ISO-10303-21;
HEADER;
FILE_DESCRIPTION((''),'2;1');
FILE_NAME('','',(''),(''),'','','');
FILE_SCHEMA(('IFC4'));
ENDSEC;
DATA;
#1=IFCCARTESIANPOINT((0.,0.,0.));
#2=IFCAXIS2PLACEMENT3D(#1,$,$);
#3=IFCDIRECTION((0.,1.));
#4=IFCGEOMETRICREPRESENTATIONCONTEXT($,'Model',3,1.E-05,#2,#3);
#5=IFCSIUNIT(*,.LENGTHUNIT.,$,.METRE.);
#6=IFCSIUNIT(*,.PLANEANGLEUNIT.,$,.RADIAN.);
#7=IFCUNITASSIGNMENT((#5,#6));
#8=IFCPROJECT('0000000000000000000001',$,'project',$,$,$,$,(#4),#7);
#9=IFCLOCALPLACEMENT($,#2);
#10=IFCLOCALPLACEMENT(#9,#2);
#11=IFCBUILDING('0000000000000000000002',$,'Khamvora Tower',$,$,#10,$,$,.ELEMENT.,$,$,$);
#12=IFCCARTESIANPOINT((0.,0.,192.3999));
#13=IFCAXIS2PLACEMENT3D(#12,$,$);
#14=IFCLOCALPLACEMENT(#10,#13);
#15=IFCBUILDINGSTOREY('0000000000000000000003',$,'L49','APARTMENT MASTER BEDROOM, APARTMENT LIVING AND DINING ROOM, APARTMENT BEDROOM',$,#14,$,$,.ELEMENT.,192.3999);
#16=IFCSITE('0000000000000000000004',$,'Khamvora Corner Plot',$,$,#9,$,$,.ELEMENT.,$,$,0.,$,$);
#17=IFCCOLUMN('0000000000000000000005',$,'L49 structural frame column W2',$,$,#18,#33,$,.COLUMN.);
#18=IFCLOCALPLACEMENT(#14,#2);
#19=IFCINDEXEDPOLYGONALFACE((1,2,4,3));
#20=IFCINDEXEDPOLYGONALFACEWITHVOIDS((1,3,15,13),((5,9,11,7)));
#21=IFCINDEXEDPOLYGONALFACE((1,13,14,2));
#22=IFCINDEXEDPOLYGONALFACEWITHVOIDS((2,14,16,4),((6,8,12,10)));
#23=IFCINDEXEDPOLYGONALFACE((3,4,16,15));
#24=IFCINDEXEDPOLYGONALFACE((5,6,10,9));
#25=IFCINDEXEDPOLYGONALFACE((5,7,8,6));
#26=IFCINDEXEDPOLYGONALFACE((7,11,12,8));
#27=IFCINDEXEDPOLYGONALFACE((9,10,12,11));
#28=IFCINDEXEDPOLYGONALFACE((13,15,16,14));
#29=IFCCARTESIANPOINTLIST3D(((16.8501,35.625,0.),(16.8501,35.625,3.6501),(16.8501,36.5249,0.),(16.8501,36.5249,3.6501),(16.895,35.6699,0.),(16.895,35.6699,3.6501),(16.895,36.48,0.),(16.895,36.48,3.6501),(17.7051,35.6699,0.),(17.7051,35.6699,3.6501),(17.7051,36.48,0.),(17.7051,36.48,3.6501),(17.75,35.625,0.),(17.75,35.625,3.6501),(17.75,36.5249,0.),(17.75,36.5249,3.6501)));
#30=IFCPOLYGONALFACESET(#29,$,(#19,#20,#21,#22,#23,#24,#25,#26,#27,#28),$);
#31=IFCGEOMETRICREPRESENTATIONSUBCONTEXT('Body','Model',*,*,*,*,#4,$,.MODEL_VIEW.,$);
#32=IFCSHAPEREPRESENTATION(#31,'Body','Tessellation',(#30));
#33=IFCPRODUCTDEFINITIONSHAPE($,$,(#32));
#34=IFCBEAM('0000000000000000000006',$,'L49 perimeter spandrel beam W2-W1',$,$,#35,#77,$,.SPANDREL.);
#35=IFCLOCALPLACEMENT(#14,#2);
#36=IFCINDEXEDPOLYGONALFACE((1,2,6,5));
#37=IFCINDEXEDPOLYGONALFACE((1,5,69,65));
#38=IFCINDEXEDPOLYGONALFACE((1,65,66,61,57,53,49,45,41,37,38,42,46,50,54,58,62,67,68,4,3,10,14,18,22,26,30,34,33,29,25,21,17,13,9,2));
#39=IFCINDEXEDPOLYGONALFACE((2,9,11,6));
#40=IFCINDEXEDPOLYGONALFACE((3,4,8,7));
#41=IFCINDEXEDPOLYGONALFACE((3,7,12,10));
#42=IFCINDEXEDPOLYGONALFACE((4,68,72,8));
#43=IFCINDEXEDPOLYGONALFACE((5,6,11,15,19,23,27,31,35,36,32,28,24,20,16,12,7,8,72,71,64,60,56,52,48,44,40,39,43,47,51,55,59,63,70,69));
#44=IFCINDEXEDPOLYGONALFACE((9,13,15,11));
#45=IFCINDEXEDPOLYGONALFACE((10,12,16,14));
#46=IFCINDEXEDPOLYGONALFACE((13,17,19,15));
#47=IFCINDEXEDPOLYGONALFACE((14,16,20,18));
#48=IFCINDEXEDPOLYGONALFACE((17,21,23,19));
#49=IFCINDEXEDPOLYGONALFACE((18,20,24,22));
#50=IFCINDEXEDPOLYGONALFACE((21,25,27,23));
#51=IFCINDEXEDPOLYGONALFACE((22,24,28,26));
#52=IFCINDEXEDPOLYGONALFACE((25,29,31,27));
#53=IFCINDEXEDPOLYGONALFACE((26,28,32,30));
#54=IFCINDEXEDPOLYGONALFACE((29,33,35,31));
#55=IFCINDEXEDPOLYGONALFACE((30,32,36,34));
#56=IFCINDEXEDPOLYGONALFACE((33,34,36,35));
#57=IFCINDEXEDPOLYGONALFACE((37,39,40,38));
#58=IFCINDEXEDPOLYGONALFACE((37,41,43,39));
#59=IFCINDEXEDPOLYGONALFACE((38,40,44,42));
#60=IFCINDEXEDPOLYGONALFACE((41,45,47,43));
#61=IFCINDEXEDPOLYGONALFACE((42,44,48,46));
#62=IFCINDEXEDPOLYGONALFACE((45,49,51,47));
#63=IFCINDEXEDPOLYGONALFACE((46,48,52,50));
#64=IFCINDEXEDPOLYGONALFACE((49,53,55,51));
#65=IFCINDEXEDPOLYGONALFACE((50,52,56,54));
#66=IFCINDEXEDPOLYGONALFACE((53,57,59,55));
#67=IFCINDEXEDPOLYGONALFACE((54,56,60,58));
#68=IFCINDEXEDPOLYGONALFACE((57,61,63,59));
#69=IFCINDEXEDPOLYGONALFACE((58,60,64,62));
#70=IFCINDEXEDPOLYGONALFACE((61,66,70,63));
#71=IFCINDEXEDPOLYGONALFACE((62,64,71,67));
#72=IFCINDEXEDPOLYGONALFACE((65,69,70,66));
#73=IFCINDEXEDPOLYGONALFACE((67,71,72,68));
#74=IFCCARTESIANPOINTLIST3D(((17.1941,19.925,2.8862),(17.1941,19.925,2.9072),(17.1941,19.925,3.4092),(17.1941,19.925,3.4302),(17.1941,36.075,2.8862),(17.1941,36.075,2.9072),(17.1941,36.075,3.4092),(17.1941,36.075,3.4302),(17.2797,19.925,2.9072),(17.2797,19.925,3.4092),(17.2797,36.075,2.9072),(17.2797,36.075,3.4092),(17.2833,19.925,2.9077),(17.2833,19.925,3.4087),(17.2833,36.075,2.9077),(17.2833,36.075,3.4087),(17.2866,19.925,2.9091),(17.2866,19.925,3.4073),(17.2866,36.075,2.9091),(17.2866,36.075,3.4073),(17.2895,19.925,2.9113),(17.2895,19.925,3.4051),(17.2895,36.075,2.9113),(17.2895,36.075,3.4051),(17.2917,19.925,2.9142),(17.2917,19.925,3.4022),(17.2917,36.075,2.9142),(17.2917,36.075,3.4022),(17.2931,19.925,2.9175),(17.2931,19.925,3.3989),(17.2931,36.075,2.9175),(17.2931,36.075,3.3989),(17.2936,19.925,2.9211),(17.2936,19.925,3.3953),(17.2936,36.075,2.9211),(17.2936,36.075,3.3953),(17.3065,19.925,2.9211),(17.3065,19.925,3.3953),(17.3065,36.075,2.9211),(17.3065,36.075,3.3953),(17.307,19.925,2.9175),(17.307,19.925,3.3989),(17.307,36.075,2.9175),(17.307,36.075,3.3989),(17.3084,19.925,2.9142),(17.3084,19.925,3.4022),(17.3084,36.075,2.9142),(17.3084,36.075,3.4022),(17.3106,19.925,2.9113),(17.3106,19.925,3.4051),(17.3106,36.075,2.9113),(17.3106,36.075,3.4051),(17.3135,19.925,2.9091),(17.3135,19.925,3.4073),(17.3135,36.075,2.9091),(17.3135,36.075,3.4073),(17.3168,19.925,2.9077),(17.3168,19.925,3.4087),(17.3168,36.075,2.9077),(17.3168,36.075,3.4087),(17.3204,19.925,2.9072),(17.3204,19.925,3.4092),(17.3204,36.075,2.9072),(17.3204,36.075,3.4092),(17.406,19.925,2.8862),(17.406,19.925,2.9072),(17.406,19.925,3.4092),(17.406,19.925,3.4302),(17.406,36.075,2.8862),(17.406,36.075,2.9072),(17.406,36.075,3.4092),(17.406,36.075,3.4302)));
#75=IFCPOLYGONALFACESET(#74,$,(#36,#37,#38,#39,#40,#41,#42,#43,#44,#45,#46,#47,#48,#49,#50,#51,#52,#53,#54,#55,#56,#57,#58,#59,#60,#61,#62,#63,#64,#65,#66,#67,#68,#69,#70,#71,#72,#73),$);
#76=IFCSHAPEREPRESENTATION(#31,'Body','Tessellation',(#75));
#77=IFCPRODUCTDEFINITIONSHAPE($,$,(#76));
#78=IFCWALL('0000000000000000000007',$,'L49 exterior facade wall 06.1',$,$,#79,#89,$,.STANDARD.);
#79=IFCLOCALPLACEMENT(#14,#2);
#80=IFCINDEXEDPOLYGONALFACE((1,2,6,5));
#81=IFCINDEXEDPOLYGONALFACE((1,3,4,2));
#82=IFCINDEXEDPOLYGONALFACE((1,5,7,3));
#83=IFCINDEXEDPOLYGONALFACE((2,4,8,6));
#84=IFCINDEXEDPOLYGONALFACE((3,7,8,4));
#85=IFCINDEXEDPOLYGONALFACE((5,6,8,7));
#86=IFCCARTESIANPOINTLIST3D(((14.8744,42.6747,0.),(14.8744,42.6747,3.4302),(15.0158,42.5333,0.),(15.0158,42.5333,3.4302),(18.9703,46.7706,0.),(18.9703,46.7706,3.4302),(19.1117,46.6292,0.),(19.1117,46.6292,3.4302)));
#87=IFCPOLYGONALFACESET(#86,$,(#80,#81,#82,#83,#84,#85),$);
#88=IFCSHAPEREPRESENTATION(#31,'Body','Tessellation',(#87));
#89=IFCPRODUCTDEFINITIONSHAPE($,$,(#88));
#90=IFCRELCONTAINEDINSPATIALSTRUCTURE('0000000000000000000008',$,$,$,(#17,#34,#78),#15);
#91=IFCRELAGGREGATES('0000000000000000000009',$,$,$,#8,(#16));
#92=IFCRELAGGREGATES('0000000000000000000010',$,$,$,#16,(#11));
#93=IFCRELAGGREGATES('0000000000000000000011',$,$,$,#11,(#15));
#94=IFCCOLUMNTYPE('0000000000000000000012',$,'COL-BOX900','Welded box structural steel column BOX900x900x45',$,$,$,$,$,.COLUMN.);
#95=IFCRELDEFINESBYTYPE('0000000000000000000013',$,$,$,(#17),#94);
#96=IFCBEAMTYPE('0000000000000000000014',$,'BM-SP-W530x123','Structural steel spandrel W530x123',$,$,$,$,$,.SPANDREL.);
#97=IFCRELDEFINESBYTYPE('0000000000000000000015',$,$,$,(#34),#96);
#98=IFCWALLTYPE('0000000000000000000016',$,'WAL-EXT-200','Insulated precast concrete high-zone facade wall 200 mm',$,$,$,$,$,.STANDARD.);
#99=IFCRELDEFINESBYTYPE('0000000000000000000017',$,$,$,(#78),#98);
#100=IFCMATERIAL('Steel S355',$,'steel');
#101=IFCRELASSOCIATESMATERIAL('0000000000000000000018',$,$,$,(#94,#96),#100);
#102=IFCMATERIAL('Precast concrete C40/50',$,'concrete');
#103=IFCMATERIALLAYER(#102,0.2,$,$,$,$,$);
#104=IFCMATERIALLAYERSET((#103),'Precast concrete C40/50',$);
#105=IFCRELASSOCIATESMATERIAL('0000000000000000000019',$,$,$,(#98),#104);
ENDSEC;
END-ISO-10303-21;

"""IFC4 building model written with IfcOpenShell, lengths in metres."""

from ifc_helpers import new_model, si_unit, direction, frame, frame_2d, origin, origin_2d, place, context, subcontext, project, spatial, rectangle, hollow_rectangle, i_section, extrude, material, layer, layer_set, material_profile, profile_set, type_object, element, save


model = new_model("IFC4")

# Units and contexts
model_context = context("Model", 3, precision=1e-05, world=origin(), true_north=direction((0.0, 1.0)))
body_context = subcontext(model_context, "Body", "Model", "MODEL_VIEW")
ifc_project = project(units=[si_unit("LENGTHUNIT", "METRE"), si_unit("PLANEANGLEUNIT", "RADIAN")], contexts=[model_context])

# Site, building, storey
site_placement = place(None, origin())
site = spatial("IfcSite", under=ifc_project, at=site_placement, Name="Khamvora Corner Plot", CompositionType="ELEMENT", RefElevation=0.0)
building_placement = place(site_placement, origin())
building = spatial("IfcBuilding", under=site, at=building_placement, Name="Khamvora Tower", CompositionType="ELEMENT")
storey_placement = place(building_placement, frame((0.0, 0.0, 192.3999)))
storey = spatial("IfcBuildingStorey", under=building, at=storey_placement, Name="L49", Description="APARTMENT MASTER BEDROOM, APARTMENT LIVING AND DINING ROOM, APARTMENT BEDROOM", CompositionType="ELEMENT", Elevation=192.3999)

# Column
ifc_material_1 = material(Name="Steel S355", Category="steel")
ifc_material_profile_1 = material_profile(ifc_material_1, hollow_rectangle(XDim=0.8999, YDim=0.8999, WallThickness=0.0449, at=origin_2d()), Name="BOX900x900x45")
ifc_profile_set_1 = profile_set([ifc_material_profile_1], Name="Steel S355")
column_type = type_object("IfcColumnType", Name="COL-BOX900", Description="Welded box structural steel column BOX900x900x45", PredefinedType="COLUMN", material=ifc_profile_set_1)
column_placement = place(storey_placement, frame((17.3, 36.075, 0.0), z_axis=(0.0, 0.0, 1.0), x_axis=(1.0, 0.0, 0.0)))
element("IfcColumn", 1, at=column_placement, inside=storey, type_object=column_type, Name="L49 structural frame column W2", PredefinedType="COLUMN", context=body_context, shape_type="SweptSolid", body=[
    extrude(hollow_rectangle(XDim=0.8999, YDim=0.8999, WallThickness=0.0449, at=origin_2d()), origin(), (0.0, 0.0, 1.0), 3.6501),
])

# Beam
ifc_material_profile_2 = material_profile(ifc_material_1, i_section(OverallWidth=0.2119, OverallDepth=0.5439, WebThickness=0.0129, FlangeThickness=0.021, FilletRadius=0.0139, at=origin_2d()), Name="W530x123")
ifc_profile_set_2 = profile_set([ifc_material_profile_2], Name="Steel S355")
beam_type = type_object("IfcBeamType", Name="BM-SP-W530x123", Description="Structural steel spandrel W530x123", PredefinedType="SPANDREL", material=ifc_profile_set_2)
beam_placement = place(storey_placement, frame((17.3, 36.075, 3.1582), z_axis=(0.0, -1.0, 0.0), x_axis=(1.0, 0.0, 0.0)))
element("IfcBeam", 2, at=beam_placement, inside=storey, type_object=beam_type, Name="L49 perimeter spandrel beam W2-W1", PredefinedType="SPANDREL", context=body_context, shape_type="SweptSolid", body=[
    extrude(i_section(OverallWidth=0.2119, OverallDepth=0.5439, WebThickness=0.0129, FlangeThickness=0.021, FilletRadius=0.0139, at=origin_2d()), origin(), (0.0, 0.0, 1.0), 16.1499),
])

# Wall
ifc_material_2 = material(Name="Precast concrete C40/50", Category="concrete")
ifc_layer_1 = layer(ifc_material_2, 0.2)
ifc_layer_set_1 = layer_set([ifc_layer_1], Name="Precast concrete C40/50")
wall_type_1 = type_object("IfcWallType", Name="WAL-EXT-200", Description="Insulated precast concrete high-zone facade wall 200 mm", PredefinedType="STANDARD", material=ifc_layer_set_1)
wall_1_placement = place(storey_placement, frame((14.9451, 42.604, 0.0), z_axis=(0.0, 0.0, 1.0), x_axis=(0.707107, 0.707107, 0.0)))
element("IfcWall", 3, at=wall_1_placement, inside=storey, type_object=wall_type_1, Name="L49 exterior facade wall 06.1", PredefinedType="STANDARD", context=body_context, shape_type="SweptSolid", body=[
    extrude(rectangle(XDim=5.7925, YDim=0.2, at=frame_2d((2.8962, 0.0))), origin(), (0.0, 0.0, 1.0), 3.4302),
])

save(model, "model.ifc")
